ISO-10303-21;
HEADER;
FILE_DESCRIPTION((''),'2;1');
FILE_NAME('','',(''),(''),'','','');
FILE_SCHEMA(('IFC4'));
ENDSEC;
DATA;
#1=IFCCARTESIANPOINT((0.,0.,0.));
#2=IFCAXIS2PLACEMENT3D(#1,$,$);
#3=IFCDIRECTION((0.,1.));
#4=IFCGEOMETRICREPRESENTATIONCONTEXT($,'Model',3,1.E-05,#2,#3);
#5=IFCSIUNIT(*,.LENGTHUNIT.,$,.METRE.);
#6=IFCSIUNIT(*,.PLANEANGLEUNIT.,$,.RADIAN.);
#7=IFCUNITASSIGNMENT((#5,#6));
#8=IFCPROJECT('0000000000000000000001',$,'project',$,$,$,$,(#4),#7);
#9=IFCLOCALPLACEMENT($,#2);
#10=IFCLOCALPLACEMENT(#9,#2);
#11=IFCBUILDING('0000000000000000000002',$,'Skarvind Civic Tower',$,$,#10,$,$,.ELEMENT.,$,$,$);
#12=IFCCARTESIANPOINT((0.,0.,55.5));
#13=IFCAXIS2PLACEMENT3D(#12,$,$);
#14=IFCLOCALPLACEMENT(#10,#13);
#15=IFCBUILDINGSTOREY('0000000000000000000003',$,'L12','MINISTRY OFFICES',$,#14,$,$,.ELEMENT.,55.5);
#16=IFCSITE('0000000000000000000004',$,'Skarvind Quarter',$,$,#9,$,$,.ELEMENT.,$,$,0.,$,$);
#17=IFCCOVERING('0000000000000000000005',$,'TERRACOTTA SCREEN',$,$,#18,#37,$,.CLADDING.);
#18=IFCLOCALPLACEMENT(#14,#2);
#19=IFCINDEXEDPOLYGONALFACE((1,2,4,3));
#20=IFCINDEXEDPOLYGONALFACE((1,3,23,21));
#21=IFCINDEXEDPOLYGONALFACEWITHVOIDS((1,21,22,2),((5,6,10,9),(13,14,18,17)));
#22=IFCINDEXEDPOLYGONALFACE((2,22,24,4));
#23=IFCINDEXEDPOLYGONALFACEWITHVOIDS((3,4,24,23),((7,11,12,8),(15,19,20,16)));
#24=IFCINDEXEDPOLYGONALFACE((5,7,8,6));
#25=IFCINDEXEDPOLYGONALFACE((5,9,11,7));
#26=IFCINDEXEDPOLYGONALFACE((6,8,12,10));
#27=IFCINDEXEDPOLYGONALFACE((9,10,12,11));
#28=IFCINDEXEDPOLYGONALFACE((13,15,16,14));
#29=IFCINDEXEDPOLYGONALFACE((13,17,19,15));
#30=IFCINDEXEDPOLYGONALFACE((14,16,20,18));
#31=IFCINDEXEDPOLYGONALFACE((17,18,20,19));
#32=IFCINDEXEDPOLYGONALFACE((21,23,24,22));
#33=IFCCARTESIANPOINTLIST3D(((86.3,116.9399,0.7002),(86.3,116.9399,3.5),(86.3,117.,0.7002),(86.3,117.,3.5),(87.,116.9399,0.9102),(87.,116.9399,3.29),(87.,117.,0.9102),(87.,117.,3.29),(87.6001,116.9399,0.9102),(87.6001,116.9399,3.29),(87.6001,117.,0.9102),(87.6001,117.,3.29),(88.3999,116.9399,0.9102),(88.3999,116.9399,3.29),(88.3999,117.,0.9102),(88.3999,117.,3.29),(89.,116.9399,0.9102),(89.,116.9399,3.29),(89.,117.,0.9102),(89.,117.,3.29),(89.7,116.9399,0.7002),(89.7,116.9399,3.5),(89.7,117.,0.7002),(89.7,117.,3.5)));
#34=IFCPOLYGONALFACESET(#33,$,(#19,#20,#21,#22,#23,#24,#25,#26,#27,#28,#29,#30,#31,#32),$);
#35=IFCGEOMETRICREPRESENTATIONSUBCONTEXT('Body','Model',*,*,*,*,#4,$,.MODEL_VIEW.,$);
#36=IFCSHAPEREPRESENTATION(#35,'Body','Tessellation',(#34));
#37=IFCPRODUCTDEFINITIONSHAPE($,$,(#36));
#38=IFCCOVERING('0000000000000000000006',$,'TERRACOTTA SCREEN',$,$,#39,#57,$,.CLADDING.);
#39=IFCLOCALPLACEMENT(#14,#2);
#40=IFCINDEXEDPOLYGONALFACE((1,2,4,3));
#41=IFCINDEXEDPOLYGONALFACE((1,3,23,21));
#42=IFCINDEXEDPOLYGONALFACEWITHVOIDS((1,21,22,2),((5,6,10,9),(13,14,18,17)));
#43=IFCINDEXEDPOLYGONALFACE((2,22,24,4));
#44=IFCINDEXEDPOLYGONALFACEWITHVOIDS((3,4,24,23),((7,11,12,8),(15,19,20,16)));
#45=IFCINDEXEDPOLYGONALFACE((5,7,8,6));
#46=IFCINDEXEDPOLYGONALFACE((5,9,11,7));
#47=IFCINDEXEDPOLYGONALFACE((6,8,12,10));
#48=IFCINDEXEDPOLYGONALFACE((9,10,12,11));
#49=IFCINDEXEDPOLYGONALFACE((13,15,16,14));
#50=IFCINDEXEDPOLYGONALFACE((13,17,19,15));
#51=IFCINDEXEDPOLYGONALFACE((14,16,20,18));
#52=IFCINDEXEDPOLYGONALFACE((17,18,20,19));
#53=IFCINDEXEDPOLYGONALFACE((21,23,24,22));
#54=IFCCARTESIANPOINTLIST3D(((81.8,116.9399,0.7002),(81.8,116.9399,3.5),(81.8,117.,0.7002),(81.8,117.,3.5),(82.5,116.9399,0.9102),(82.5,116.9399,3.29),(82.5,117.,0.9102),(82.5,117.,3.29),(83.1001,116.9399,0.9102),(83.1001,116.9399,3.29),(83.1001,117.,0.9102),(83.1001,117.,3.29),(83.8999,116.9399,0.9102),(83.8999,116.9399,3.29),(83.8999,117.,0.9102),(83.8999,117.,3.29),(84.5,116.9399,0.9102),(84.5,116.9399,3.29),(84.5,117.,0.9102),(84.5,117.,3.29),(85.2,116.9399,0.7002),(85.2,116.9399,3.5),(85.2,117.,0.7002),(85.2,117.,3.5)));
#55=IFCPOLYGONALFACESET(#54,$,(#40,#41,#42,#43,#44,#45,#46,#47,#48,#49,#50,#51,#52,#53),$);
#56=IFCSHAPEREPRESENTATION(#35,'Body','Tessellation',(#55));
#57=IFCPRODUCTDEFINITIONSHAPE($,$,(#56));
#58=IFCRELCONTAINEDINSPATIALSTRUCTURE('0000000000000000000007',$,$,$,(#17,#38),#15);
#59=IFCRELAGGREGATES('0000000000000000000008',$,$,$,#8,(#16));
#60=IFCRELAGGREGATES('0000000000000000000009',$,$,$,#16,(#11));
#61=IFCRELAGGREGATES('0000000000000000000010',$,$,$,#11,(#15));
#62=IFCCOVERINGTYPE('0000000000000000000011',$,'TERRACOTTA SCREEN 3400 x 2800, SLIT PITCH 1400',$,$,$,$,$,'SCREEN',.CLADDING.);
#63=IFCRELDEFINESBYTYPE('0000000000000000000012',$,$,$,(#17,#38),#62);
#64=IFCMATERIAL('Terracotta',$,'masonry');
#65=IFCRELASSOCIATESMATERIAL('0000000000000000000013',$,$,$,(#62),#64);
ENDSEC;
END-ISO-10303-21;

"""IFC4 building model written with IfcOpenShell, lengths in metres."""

from ifc_helpers import new_model, si_unit, direction, frame, origin, place, context, subcontext, project, spatial, polyline, outline, extrude, material, material_profile, profile_set, type_object, element, save


model = new_model("IFC4")

# Units and contexts
model_context = context("Model", 3, precision=1e-05, world=origin(), true_north=direction((0.0, 1.0)))
body_context = subcontext(model_context, "Body", "Model", "MODEL_VIEW")
ifc_project = project(units=[si_unit("LENGTHUNIT", "METRE"), si_unit("PLANEANGLEUNIT", "RADIAN")], contexts=[model_context])

# Site, building, storey
site_placement = place(None, origin())
site = spatial("IfcSite", under=ifc_project, at=site_placement, Name="Skarvind Quarter", CompositionType="ELEMENT", RefElevation=0.0)
building_placement = place(site_placement, origin())
building = spatial("IfcBuilding", under=site, at=building_placement, Name="Skarvind Civic Tower", CompositionType="ELEMENT")
storey_placement = place(building_placement, frame((0.0, 0.0, 55.5)))
storey = spatial("IfcBuildingStorey", under=building, at=storey_placement, Name="L12", Description="MINISTRY OFFICES", CompositionType="ELEMENT", Elevation=55.5)

# Coverings
ifc_material_1 = material(Name="Terracotta", Category="masonry")
ifc_material_profile_1 = material_profile(ifc_material_1, outline(polyline([(-1.7, -1.3999), (1.7, -1.3999), (1.7, 1.3999), (-1.7, 1.3999), (-1.7, -1.3999)]), holes=[polyline([(-1.0, -1.1899), (-0.3999, -1.1899), (-0.3999, 1.1899), (-1.0, 1.1899), (-1.0, -1.1899)]), polyline([(0.3999, -1.1899), (1.0, -1.1899), (1.0, 1.1899), (0.3999, 1.1899), (0.3999, -1.1899)])]), Name="TERRACOTTA SCREEN 3400 x 2800, SLIT PITCH 1400")
ifc_profile_set_1 = profile_set([ifc_material_profile_1], Name="Terracotta")
covering_type = type_object("IfcCoveringType", Name="TERRACOTTA SCREEN 3400 x 2800, SLIT PITCH 1400", ElementType="SCREEN", PredefinedType="CLADDING", material=ifc_profile_set_1)
for number, where, z_axis, x_axis, name in (
    (1, (88.0, 117.0, 2.1001), (0.0, -1.0, 0.0), (1.0, 0.0, 0.0), "TERRACOTTA SCREEN"),
    (2, (83.5, 117.0, 2.1001), (0.0, -1.0, 0.0), (1.0, 0.0, 0.0), "TERRACOTTA SCREEN"),
):
    element("IfcCovering", number, at=place(storey_placement, frame(where, z_axis=z_axis, x_axis=x_axis)), inside=storey, type_object=covering_type, Name=name, PredefinedType="CLADDING", context=body_context, shape_type="SweptSolid", body=[
        extrude(outline(polyline([(-1.7, -1.3999), (1.7, -1.3999), (1.7, 1.3999), (-1.7, 1.3999), (-1.7, -1.3999)]), holes=[polyline([(-1.0, -1.1899), (-0.3999, -1.1899), (-0.3999, 1.1899), (-1.0, 1.1899), (-1.0, -1.1899)]), polyline([(0.3999, -1.1899), (1.0, -1.1899), (1.0, 1.1899), (0.3999, 1.1899), (0.3999, -1.1899)])]), origin(), (0.0, 0.0, 1.0), 0.0601),
    ])

save(model, "model.ifc")
